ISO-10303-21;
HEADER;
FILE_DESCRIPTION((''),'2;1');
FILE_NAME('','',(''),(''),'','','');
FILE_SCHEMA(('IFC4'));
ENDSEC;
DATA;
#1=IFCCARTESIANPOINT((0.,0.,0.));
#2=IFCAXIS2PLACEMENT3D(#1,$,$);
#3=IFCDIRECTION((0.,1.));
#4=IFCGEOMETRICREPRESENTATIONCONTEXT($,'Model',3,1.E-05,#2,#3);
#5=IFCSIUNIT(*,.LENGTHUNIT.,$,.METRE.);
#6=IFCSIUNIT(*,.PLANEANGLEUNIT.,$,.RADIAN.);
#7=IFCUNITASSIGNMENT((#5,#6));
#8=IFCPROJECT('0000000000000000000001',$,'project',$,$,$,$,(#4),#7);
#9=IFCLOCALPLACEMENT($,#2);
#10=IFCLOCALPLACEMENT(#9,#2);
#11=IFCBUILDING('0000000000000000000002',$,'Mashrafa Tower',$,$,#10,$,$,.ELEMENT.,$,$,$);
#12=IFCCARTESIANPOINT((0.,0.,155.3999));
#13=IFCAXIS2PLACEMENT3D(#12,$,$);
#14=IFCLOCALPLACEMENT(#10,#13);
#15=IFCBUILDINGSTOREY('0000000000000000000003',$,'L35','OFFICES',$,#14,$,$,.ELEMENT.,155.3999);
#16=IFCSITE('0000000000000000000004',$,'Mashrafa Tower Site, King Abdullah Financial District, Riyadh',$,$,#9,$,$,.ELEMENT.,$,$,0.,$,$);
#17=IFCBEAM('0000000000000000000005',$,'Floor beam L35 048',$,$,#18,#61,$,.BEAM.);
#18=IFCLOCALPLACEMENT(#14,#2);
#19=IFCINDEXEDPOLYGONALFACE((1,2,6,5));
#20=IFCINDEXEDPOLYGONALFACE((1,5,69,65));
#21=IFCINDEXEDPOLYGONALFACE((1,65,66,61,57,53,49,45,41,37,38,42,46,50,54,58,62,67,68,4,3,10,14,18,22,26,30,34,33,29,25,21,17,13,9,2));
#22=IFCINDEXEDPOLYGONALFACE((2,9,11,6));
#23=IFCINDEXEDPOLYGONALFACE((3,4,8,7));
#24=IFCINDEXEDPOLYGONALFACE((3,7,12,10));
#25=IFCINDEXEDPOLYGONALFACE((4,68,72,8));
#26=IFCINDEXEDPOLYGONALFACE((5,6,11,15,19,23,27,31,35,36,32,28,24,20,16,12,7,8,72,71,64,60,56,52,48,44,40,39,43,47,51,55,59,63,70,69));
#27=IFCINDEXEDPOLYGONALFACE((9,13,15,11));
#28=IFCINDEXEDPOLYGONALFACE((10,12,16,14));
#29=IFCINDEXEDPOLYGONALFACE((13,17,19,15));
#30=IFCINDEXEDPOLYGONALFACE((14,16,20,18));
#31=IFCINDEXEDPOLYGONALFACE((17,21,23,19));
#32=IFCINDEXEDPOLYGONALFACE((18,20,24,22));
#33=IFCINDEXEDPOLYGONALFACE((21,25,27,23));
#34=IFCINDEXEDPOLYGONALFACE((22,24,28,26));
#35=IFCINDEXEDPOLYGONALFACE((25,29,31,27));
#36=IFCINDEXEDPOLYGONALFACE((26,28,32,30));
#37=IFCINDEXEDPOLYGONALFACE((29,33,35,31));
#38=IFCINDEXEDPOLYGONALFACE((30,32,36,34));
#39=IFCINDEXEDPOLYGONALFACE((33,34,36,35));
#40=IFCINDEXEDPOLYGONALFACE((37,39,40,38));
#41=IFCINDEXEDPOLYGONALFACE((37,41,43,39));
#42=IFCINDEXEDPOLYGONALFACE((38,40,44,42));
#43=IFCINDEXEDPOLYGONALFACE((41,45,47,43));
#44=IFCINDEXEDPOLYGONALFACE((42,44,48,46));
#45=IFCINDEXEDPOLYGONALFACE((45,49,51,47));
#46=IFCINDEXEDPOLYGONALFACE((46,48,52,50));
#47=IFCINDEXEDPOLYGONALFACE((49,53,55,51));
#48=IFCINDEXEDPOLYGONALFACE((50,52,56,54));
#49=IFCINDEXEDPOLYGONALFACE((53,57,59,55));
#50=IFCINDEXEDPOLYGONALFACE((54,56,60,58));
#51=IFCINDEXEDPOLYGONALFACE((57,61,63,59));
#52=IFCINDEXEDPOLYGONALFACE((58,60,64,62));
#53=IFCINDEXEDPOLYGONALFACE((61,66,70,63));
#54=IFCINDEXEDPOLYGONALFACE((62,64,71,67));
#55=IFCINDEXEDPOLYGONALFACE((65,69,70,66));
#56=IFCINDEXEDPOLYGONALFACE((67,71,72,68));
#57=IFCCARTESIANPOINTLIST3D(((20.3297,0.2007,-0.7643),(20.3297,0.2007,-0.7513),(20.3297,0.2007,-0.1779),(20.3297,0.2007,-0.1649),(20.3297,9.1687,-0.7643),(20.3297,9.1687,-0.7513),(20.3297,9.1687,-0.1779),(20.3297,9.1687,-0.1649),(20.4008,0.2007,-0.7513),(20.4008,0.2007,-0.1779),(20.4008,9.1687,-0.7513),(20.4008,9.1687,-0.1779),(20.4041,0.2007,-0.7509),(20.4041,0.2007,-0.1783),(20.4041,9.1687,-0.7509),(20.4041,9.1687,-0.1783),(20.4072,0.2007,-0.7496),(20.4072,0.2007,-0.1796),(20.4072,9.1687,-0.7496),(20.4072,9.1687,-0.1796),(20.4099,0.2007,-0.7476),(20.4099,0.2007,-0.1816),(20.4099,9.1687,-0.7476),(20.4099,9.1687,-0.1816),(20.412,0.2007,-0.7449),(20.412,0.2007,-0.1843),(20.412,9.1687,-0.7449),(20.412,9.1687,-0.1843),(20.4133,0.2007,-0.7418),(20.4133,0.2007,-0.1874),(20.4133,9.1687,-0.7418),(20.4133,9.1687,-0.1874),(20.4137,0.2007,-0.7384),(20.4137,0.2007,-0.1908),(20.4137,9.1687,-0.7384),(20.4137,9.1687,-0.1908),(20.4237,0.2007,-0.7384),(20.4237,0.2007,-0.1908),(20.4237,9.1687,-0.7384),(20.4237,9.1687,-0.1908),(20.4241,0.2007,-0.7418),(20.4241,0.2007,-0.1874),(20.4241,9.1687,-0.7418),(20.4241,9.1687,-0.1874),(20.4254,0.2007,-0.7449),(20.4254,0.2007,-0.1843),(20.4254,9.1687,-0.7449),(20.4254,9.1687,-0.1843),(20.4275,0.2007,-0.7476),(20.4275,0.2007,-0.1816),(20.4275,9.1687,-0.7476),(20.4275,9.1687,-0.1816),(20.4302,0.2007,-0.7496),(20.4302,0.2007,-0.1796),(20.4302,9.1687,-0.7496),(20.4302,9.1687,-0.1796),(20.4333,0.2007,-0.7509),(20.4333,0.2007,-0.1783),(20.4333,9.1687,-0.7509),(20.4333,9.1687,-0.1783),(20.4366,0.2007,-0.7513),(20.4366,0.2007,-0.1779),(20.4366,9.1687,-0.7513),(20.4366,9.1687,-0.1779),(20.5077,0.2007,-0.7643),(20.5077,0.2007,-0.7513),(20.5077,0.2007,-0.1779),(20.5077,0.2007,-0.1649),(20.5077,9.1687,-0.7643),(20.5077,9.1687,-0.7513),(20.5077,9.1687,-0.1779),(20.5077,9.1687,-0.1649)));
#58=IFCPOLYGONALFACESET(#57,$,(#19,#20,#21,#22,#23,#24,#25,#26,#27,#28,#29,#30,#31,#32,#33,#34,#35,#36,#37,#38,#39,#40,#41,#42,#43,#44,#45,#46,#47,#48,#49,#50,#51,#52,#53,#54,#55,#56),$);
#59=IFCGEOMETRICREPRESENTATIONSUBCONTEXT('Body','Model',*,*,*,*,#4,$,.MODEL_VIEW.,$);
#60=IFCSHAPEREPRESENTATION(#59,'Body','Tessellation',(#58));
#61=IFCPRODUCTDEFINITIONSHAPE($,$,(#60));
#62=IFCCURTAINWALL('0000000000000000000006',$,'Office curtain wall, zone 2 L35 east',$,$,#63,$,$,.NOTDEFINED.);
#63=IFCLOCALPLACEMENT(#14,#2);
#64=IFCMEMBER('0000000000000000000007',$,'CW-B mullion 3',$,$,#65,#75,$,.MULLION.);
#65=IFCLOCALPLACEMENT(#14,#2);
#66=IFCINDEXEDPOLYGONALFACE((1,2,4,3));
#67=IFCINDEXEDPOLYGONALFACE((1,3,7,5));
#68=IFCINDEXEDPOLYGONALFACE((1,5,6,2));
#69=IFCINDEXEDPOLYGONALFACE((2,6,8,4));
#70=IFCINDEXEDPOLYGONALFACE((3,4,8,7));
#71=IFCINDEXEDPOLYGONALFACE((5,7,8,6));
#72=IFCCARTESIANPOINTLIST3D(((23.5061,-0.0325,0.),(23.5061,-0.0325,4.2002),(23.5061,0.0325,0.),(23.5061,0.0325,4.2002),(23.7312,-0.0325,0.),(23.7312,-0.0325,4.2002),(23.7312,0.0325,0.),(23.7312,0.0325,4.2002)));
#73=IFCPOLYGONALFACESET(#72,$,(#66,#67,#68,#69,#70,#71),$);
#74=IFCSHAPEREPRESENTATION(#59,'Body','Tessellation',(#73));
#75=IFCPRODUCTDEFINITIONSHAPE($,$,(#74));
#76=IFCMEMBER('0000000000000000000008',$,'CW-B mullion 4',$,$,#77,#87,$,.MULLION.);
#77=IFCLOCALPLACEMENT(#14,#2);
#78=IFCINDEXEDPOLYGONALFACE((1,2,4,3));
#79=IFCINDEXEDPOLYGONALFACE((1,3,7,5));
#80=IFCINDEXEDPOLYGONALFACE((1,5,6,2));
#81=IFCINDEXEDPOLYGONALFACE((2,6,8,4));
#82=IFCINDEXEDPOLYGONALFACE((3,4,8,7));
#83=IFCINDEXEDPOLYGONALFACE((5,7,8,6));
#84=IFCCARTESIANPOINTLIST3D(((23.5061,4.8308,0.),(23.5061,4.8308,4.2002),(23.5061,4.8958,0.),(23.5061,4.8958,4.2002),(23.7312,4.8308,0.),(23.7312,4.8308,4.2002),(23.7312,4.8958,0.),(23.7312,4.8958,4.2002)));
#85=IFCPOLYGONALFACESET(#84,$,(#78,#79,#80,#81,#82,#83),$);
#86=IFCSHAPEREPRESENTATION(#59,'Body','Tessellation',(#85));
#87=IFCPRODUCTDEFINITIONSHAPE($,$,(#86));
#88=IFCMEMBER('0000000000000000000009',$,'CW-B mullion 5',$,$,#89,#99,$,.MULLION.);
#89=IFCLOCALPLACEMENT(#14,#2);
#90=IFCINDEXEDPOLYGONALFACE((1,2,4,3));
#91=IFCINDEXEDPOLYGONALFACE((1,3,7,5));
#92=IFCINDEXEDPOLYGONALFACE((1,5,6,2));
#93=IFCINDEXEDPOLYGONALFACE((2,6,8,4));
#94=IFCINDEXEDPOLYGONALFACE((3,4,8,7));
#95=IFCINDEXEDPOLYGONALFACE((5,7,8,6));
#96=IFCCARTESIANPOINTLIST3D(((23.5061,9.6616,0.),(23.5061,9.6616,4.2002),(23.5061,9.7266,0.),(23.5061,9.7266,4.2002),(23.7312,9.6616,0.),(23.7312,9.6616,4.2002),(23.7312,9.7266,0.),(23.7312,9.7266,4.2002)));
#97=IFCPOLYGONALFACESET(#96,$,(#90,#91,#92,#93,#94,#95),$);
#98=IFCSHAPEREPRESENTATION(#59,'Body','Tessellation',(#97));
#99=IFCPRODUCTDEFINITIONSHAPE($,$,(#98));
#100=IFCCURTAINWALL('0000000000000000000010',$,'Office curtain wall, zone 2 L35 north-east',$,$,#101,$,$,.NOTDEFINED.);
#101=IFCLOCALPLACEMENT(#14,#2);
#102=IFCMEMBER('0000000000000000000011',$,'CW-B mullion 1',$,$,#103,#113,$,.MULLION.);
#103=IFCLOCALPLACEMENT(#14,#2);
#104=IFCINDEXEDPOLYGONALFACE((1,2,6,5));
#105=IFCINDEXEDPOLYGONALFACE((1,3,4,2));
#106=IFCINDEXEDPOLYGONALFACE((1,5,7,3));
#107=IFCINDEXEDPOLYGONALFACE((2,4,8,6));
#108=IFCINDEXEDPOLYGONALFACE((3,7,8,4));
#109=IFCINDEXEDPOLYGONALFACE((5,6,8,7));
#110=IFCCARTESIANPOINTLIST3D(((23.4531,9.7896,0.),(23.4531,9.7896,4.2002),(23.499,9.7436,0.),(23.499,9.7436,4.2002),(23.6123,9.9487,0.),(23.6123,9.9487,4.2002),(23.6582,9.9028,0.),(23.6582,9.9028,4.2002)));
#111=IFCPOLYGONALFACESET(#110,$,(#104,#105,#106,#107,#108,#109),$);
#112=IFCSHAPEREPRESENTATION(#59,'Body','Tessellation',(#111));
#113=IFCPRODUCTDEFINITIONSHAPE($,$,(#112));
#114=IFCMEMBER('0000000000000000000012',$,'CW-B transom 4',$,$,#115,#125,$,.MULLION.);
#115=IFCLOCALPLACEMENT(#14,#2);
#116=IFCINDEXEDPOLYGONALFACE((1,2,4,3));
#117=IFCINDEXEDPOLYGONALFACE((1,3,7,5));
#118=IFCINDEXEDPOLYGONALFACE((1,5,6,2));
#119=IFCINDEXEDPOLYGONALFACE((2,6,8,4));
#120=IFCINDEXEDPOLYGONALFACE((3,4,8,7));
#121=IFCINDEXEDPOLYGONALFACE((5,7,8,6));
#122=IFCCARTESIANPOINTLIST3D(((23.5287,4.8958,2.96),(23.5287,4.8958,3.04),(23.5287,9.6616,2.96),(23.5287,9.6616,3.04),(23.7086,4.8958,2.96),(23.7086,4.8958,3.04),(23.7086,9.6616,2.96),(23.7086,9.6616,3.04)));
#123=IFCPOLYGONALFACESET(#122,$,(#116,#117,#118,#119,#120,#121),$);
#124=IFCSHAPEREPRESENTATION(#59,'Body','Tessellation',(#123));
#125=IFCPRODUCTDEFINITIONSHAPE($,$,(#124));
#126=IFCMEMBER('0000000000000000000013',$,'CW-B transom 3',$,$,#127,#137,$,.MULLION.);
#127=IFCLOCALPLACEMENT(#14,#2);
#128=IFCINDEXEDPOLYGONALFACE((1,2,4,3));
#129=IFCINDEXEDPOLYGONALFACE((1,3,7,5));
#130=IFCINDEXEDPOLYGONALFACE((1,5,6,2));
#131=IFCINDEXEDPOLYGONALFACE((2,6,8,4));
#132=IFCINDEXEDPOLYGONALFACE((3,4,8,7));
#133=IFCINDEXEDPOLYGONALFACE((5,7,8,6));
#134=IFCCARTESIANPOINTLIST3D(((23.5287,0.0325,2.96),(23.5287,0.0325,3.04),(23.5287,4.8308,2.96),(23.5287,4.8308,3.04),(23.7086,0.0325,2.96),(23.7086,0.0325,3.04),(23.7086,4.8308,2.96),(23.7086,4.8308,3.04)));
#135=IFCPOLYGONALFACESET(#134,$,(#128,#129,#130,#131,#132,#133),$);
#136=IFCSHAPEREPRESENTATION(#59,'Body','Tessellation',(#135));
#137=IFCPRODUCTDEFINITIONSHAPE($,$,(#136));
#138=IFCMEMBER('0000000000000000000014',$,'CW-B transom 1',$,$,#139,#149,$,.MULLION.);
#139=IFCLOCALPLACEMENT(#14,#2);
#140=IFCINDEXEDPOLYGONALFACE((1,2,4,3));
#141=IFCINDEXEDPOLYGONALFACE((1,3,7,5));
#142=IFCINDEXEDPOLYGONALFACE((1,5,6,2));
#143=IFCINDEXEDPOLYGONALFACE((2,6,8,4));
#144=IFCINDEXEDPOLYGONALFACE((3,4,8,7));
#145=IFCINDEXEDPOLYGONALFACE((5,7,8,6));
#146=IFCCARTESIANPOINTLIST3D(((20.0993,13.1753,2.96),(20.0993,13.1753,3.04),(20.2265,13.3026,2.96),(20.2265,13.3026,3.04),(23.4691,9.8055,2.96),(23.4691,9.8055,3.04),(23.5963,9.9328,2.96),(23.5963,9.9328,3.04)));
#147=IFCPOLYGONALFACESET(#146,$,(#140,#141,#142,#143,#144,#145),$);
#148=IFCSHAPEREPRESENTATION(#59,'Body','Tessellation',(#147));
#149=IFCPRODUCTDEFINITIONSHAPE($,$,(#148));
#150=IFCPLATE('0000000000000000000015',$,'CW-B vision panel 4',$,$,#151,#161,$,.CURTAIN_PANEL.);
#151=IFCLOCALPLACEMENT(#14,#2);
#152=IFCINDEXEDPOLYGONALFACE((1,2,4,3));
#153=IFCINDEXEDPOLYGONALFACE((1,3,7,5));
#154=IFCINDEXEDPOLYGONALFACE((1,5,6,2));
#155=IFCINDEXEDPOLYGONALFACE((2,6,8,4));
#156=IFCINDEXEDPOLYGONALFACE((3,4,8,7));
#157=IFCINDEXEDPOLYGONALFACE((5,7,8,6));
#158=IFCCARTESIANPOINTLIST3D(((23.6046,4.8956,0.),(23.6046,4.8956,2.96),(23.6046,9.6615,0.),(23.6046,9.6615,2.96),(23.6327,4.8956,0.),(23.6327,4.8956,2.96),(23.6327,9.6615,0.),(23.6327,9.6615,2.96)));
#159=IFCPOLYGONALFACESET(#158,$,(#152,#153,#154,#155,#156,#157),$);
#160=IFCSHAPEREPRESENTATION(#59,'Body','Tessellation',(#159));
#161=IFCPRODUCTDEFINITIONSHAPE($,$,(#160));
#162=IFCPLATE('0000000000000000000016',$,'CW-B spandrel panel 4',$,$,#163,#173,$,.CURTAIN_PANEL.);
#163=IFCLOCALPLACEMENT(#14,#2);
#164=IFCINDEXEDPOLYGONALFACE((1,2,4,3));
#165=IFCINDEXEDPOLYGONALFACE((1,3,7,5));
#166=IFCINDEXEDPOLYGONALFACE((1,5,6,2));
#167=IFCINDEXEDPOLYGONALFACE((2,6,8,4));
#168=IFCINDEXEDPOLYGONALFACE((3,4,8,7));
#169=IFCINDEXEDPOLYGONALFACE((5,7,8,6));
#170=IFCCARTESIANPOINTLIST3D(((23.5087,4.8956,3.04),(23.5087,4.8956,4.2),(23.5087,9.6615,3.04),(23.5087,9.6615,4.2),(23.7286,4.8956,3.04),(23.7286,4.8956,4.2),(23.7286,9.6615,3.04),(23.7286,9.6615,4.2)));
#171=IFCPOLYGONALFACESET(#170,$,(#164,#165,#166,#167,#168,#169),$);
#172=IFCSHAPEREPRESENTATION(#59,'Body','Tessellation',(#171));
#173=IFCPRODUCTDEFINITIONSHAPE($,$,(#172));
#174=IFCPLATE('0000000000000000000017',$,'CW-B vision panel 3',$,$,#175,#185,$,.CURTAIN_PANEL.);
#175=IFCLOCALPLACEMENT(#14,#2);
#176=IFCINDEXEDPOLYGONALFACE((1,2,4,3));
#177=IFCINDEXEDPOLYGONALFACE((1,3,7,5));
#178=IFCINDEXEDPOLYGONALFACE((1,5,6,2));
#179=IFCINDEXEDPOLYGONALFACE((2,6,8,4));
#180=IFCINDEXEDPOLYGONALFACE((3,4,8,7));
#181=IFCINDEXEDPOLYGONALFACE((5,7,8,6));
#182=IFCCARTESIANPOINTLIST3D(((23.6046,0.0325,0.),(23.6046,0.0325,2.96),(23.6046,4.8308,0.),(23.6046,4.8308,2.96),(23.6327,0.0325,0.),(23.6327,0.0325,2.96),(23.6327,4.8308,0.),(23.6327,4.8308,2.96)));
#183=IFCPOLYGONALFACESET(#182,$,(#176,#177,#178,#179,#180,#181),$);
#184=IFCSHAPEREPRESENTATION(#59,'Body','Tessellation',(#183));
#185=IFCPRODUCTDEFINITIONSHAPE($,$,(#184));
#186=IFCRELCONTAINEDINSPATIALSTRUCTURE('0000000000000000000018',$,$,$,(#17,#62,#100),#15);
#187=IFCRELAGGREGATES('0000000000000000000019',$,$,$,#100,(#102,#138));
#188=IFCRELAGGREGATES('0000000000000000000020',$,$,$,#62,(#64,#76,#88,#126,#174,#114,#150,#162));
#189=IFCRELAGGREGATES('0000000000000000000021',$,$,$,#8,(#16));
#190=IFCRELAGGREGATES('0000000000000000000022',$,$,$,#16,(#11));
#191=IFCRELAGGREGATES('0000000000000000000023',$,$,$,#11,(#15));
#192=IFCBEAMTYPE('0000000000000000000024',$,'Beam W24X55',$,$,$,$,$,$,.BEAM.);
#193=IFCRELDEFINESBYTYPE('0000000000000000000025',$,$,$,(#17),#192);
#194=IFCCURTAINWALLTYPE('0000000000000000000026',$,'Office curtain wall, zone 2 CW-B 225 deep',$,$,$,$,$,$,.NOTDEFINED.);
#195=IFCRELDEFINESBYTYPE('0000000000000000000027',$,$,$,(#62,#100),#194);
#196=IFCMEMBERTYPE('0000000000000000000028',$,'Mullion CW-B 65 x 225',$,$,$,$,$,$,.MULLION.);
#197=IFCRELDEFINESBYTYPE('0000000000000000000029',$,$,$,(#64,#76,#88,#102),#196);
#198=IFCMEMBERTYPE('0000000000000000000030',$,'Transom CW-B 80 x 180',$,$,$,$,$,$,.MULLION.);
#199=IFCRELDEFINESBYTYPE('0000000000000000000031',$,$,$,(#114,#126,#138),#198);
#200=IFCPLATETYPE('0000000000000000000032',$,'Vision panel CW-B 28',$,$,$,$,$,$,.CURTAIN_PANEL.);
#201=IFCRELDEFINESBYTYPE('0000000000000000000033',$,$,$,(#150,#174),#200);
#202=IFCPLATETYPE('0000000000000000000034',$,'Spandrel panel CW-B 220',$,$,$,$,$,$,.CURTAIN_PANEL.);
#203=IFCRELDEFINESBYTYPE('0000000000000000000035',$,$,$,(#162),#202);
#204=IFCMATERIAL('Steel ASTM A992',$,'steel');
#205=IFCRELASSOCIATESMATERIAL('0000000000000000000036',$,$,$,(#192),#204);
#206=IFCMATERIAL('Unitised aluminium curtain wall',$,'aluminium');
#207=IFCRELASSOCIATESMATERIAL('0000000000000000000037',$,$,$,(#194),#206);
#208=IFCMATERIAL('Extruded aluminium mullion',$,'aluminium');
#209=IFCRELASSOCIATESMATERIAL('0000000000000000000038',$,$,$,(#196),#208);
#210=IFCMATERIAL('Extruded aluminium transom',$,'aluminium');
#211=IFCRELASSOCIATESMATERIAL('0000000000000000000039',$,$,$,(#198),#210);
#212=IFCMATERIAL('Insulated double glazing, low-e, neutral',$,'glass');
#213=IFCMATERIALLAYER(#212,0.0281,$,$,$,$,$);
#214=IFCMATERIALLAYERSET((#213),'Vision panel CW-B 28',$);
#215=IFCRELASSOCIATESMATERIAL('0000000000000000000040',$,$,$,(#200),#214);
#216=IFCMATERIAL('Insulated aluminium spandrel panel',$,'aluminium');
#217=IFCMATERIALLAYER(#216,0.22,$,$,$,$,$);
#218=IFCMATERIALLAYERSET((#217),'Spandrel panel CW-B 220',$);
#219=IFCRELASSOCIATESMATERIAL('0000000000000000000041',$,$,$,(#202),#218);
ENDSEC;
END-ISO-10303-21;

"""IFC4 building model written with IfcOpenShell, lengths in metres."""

from ifc_helpers import new_model, si_unit, direction, frame, origin, origin_2d, place, context, subcontext, project, spatial, rectangle, i_section, extrude, source, transform, mapped, material, layer, layer_set, material_profile, profile_set, type_object, type_shapes, element, aggregate, save


model = new_model("IFC4")

# Units and contexts
model_context = context("Model", 3, precision=1e-05, world=origin(), true_north=direction((0.0, 1.0)))
body_context = subcontext(model_context, "Body", "Model", "MODEL_VIEW")
ifc_project = project(units=[si_unit("LENGTHUNIT", "METRE"), si_unit("PLANEANGLEUNIT", "RADIAN")], contexts=[model_context])

# Site, building, storey
site_placement = place(None, origin())
site = spatial("IfcSite", under=ifc_project, at=site_placement, Name="Mashrafa Tower Site, King Abdullah Financial District, Riyadh", CompositionType="ELEMENT", RefElevation=0.0)
building_placement = place(site_placement, origin())
building = spatial("IfcBuilding", under=site, at=building_placement, Name="Mashrafa Tower", CompositionType="ELEMENT")
storey_placement = place(building_placement, frame((0.0, 0.0, 155.3999)))
storey = spatial("IfcBuildingStorey", under=building, at=storey_placement, Name="L35", Description="OFFICES", CompositionType="ELEMENT", Elevation=155.3999)

# Beam
ifc_material_1 = material(Name="Steel ASTM A992", Category="steel")
ifc_material_profile_1 = material_profile(ifc_material_1, i_section(OverallWidth=0.178, OverallDepth=0.5994, WebThickness=0.01, FlangeThickness=0.0129, FilletRadius=0.0129, at=origin_2d()), Name="W24X55")
ifc_profile_set_1 = profile_set([ifc_material_profile_1], Name="Steel ASTM A992")
beam_type_1 = type_object("IfcBeamType", Name="Beam W24X55", PredefinedType="BEAM", material=ifc_profile_set_1)
beam_1_placement = place(storey_placement, frame((20.4187, 9.1687, -0.4646), z_axis=(0.0, -1.0, 0.0), x_axis=(1.0, 0.0, 0.0)))
element("IfcBeam", 1, at=beam_1_placement, inside=storey, type_object=beam_type_1, Name="Floor beam L35 048", PredefinedType="BEAM", context=body_context, shape_type="SweptSolid", body=[
    extrude(i_section(OverallWidth=0.178, OverallDepth=0.5994, WebThickness=0.01, FlangeThickness=0.0129, FilletRadius=0.0129, at=origin_2d()), origin(), (0.0, 0.0, 1.0), 8.968),
])

# Curtain wall, members
ifc_material_2 = material(Name="Unitised aluminium curtain wall", Category="aluminium")
curtain_wall_type = type_object("IfcCurtainWallType", Name="Office curtain wall, zone 2 CW-B 225 deep", PredefinedType="NOTDEFINED", material=ifc_material_2)
curtain_wall_1_placement = place(storey_placement, origin())
curtain_wall_1 = element("IfcCurtainWall", 2, at=curtain_wall_1_placement, inside=storey, type_object=curtain_wall_type, Name="Office curtain wall, zone 2 L35 east", PredefinedType="NOTDEFINED")
ifc_material_3 = material(Name="Extruded aluminium mullion", Category="aluminium")
ifc_material_profile_2 = material_profile(ifc_material_3, rectangle(XDim=0.2251, YDim=0.0649, at=origin_2d()), Name="Mullion 65x225")
ifc_profile_set_2 = profile_set([ifc_material_profile_2], Name="Extruded aluminium mullion")
member_type_1 = type_object("IfcMemberType", Name="Mullion CW-B 65 x 225", PredefinedType="MULLION", material=ifc_profile_set_2)
shared_shape_1 = source(origin(), body_context, "Body", "SweptSolid", [
    extrude(rectangle(XDim=0.2251, YDim=0.0649, at=origin_2d()), origin(), (0.0, 0.0, 1.0), 4.2002),
])
type_shapes(member_type_1, [shared_shape_1])
member_1_placement = place(storey_placement, frame((23.6187, 0.0, 0.0), z_axis=(0.0, 0.0, 1.0), x_axis=(-1.0, 0.0, 0.0)))
member_1 = element("IfcMember", 3, at=member_1_placement, type_object=member_type_1, Name="CW-B mullion 3", PredefinedType="MULLION", context=body_context, shape_type="MappedRepresentation", body=[
    mapped(shared_shape_1, transform((0.0, 0.0, 0.0))),
])
member_2_placement = place(storey_placement, frame((23.6187, 4.8633, 0.0), z_axis=(0.0, 0.0, 1.0), x_axis=(-1.0, 0.0, 0.0)))
member_2 = element("IfcMember", 4, at=member_2_placement, type_object=member_type_1, Name="CW-B mullion 4", PredefinedType="MULLION", context=body_context, shape_type="MappedRepresentation", body=[
    mapped(shared_shape_1, transform((0.0, 0.0, 0.0))),
])
member_3_placement = place(storey_placement, frame((23.6187, 9.6941, 0.0), z_axis=(0.0, 0.0, 1.0), x_axis=(-1.0, 0.0, 0.0)))
member_3 = element("IfcMember", 5, at=member_3_placement, type_object=member_type_1, Name="CW-B mullion 5", PredefinedType="MULLION", context=body_context, shape_type="MappedRepresentation", body=[
    mapped(shared_shape_1, transform((0.0, 0.0, 0.0))),
])

# Curtain wall, member
curtain_wall_2_placement = place(storey_placement, origin())
curtain_wall_2 = element("IfcCurtainWall", 6, at=curtain_wall_2_placement, inside=storey, type_object=curtain_wall_type, Name="Office curtain wall, zone 2 L35 north-east", PredefinedType="NOTDEFINED")
member_4_placement = place(storey_placement, frame((23.5557, 9.8462, 0.0), z_axis=(0.0, 0.0, 1.0), x_axis=(-0.707107, -0.707107, 0.0)))
member_4 = element("IfcMember", 7, at=member_4_placement, type_object=member_type_1, Name="CW-B mullion 1", PredefinedType="MULLION", context=body_context, shape_type="MappedRepresentation", body=[
    mapped(shared_shape_1, transform((0.0, 0.0, 0.0))),
])

# Members
ifc_material_4 = material(Name="Extruded aluminium transom", Category="aluminium")
ifc_material_profile_3 = material_profile(ifc_material_4, rectangle(XDim=0.1799, YDim=0.0801, at=origin_2d()), Name="Transom 80x180")
ifc_profile_set_3 = profile_set([ifc_material_profile_3], Name="Extruded aluminium transom")
member_type_2 = type_object("IfcMemberType", Name="Transom CW-B 80 x 180", PredefinedType="MULLION", material=ifc_profile_set_3)
shared_shape_2 = source(origin(), body_context, "Body", "SweptSolid", [
    extrude(rectangle(XDim=0.1799, YDim=0.0801, at=origin_2d()), origin(), (0.0, 0.0, 1.0), 4.7659),
])
member_5_placement = place(storey_placement, frame((23.6187, 4.8958, 3.0), z_axis=(0.0, 1.0, 0.0), x_axis=(-1.0, 0.0, 0.0)))
member_5 = element("IfcMember", 8, at=member_5_placement, type_object=member_type_2, Name="CW-B transom 4", PredefinedType="MULLION", context=body_context, shape_type="MappedRepresentation", body=[
    mapped(shared_shape_2, transform((0.0, 0.0, 0.0))),
])
shared_shape_3 = source(origin(), body_context, "Body", "SweptSolid", [
    extrude(rectangle(XDim=0.1799, YDim=0.0801, at=origin_2d()), origin(), (0.0, 0.0, 1.0), 4.7983),
])
member_6_placement = place(storey_placement, frame((23.6187, 0.0325, 3.0), z_axis=(0.0, 1.0, 0.0), x_axis=(-1.0, 0.0, 0.0)))
member_6 = element("IfcMember", 9, at=member_6_placement, type_object=member_type_2, Name="CW-B transom 3", PredefinedType="MULLION", context=body_context, shape_type="MappedRepresentation", body=[
    mapped(shared_shape_3, transform((0.0, 0.0, 0.0))),
])
shared_shape_4 = source(origin(), body_context, "Body", "SweptSolid", [
    extrude(rectangle(XDim=0.1799, YDim=0.0801, at=origin_2d()), origin(), (0.0, 0.0, 1.0), 4.7656),
])
type_shapes(member_type_2, [shared_shape_2, shared_shape_3, shared_shape_4])
member_7_placement = place(storey_placement, frame((23.5327, 9.8691, 3.0), z_axis=(-0.707107, 0.707107, 0.0), x_axis=(-0.707107, -0.707107, 0.0)))
member_7 = element("IfcMember", 10, at=member_7_placement, type_object=member_type_2, Name="CW-B transom 1", PredefinedType="MULLION", context=body_context, shape_type="MappedRepresentation", body=[
    mapped(shared_shape_4, transform((0.0, 0.0, 0.0))),
])
aggregate(curtain_wall_2, [member_4, member_7])

# Plates
ifc_material_5 = material(Name="Insulated double glazing, low-e, neutral", Category="glass")
ifc_layer_1 = layer(ifc_material_5, 0.0281)
ifc_layer_set_1 = layer_set([ifc_layer_1], Name="Vision panel CW-B 28")
plate_type_1 = type_object("IfcPlateType", Name="Vision panel CW-B 28", PredefinedType="CURTAIN_PANEL", material=ifc_layer_set_1)
shared_shape_5 = source(origin(), body_context, "Body", "SweptSolid", [
    extrude(rectangle(XDim=4.7659, YDim=0.0281, at=origin_2d()), origin(), (0.0, 0.0, 1.0), 2.96),
])
plate_1_placement = place(storey_placement, frame((23.6187, 7.2786, 0.0), z_axis=(0.0, 0.0, 1.0), x_axis=(0.0, 1.0, 0.0)))
plate_1 = element("IfcPlate", 11, at=plate_1_placement, type_object=plate_type_1, Name="CW-B vision panel 4", PredefinedType="CURTAIN_PANEL", context=body_context, shape_type="MappedRepresentation", body=[
    mapped(shared_shape_5, transform((0.0, 0.0, 0.0))),
])
ifc_material_6 = material(Name="Insulated aluminium spandrel panel", Category="aluminium")
ifc_layer_2 = layer(ifc_material_6, 0.22)
ifc_layer_set_2 = layer_set([ifc_layer_2], Name="Spandrel panel CW-B 220")
plate_type_2 = type_object("IfcPlateType", Name="Spandrel panel CW-B 220", PredefinedType="CURTAIN_PANEL", material=ifc_layer_set_2)
shared_shape_6 = source(origin(), body_context, "Body", "SweptSolid", [
    extrude(rectangle(XDim=4.7659, YDim=0.22, at=origin_2d()), origin(), (0.0, 0.0, 1.0), 1.1599),
])
plate_2_placement = place(storey_placement, frame((23.6187, 7.2786, 3.04), z_axis=(0.0, 0.0, 1.0), x_axis=(0.0, 1.0, 0.0)))
plate_2 = element("IfcPlate", 12, at=plate_2_placement, type_object=plate_type_2, Name="CW-B spandrel panel 4", PredefinedType="CURTAIN_PANEL", context=body_context, shape_type="MappedRepresentation", body=[
    mapped(shared_shape_6, transform((0.0, 0.0, 0.0))),
])
shared_shape_7 = source(origin(), body_context, "Body", "SweptSolid", [
    extrude(rectangle(XDim=4.7983, YDim=0.0281, at=origin_2d()), origin(), (0.0, 0.0, 1.0), 2.96),
])
type_shapes(plate_type_1, [shared_shape_5, shared_shape_7])
plate_3_placement = place(storey_placement, frame((23.6187, 2.4316, 0.0), z_axis=(0.0, 0.0, 1.0), x_axis=(0.0, 1.0, 0.0)))
plate_3 = element("IfcPlate", 13, at=plate_3_placement, type_object=plate_type_1, Name="CW-B vision panel 3", PredefinedType="CURTAIN_PANEL", context=body_context, shape_type="MappedRepresentation", body=[
    mapped(shared_shape_7, transform((0.0, 0.0, 0.0))),
])
aggregate(curtain_wall_1, [member_1, member_2, member_3, member_6, plate_3, member_5, plate_1, plate_2])

save(model, "model.ifc")
